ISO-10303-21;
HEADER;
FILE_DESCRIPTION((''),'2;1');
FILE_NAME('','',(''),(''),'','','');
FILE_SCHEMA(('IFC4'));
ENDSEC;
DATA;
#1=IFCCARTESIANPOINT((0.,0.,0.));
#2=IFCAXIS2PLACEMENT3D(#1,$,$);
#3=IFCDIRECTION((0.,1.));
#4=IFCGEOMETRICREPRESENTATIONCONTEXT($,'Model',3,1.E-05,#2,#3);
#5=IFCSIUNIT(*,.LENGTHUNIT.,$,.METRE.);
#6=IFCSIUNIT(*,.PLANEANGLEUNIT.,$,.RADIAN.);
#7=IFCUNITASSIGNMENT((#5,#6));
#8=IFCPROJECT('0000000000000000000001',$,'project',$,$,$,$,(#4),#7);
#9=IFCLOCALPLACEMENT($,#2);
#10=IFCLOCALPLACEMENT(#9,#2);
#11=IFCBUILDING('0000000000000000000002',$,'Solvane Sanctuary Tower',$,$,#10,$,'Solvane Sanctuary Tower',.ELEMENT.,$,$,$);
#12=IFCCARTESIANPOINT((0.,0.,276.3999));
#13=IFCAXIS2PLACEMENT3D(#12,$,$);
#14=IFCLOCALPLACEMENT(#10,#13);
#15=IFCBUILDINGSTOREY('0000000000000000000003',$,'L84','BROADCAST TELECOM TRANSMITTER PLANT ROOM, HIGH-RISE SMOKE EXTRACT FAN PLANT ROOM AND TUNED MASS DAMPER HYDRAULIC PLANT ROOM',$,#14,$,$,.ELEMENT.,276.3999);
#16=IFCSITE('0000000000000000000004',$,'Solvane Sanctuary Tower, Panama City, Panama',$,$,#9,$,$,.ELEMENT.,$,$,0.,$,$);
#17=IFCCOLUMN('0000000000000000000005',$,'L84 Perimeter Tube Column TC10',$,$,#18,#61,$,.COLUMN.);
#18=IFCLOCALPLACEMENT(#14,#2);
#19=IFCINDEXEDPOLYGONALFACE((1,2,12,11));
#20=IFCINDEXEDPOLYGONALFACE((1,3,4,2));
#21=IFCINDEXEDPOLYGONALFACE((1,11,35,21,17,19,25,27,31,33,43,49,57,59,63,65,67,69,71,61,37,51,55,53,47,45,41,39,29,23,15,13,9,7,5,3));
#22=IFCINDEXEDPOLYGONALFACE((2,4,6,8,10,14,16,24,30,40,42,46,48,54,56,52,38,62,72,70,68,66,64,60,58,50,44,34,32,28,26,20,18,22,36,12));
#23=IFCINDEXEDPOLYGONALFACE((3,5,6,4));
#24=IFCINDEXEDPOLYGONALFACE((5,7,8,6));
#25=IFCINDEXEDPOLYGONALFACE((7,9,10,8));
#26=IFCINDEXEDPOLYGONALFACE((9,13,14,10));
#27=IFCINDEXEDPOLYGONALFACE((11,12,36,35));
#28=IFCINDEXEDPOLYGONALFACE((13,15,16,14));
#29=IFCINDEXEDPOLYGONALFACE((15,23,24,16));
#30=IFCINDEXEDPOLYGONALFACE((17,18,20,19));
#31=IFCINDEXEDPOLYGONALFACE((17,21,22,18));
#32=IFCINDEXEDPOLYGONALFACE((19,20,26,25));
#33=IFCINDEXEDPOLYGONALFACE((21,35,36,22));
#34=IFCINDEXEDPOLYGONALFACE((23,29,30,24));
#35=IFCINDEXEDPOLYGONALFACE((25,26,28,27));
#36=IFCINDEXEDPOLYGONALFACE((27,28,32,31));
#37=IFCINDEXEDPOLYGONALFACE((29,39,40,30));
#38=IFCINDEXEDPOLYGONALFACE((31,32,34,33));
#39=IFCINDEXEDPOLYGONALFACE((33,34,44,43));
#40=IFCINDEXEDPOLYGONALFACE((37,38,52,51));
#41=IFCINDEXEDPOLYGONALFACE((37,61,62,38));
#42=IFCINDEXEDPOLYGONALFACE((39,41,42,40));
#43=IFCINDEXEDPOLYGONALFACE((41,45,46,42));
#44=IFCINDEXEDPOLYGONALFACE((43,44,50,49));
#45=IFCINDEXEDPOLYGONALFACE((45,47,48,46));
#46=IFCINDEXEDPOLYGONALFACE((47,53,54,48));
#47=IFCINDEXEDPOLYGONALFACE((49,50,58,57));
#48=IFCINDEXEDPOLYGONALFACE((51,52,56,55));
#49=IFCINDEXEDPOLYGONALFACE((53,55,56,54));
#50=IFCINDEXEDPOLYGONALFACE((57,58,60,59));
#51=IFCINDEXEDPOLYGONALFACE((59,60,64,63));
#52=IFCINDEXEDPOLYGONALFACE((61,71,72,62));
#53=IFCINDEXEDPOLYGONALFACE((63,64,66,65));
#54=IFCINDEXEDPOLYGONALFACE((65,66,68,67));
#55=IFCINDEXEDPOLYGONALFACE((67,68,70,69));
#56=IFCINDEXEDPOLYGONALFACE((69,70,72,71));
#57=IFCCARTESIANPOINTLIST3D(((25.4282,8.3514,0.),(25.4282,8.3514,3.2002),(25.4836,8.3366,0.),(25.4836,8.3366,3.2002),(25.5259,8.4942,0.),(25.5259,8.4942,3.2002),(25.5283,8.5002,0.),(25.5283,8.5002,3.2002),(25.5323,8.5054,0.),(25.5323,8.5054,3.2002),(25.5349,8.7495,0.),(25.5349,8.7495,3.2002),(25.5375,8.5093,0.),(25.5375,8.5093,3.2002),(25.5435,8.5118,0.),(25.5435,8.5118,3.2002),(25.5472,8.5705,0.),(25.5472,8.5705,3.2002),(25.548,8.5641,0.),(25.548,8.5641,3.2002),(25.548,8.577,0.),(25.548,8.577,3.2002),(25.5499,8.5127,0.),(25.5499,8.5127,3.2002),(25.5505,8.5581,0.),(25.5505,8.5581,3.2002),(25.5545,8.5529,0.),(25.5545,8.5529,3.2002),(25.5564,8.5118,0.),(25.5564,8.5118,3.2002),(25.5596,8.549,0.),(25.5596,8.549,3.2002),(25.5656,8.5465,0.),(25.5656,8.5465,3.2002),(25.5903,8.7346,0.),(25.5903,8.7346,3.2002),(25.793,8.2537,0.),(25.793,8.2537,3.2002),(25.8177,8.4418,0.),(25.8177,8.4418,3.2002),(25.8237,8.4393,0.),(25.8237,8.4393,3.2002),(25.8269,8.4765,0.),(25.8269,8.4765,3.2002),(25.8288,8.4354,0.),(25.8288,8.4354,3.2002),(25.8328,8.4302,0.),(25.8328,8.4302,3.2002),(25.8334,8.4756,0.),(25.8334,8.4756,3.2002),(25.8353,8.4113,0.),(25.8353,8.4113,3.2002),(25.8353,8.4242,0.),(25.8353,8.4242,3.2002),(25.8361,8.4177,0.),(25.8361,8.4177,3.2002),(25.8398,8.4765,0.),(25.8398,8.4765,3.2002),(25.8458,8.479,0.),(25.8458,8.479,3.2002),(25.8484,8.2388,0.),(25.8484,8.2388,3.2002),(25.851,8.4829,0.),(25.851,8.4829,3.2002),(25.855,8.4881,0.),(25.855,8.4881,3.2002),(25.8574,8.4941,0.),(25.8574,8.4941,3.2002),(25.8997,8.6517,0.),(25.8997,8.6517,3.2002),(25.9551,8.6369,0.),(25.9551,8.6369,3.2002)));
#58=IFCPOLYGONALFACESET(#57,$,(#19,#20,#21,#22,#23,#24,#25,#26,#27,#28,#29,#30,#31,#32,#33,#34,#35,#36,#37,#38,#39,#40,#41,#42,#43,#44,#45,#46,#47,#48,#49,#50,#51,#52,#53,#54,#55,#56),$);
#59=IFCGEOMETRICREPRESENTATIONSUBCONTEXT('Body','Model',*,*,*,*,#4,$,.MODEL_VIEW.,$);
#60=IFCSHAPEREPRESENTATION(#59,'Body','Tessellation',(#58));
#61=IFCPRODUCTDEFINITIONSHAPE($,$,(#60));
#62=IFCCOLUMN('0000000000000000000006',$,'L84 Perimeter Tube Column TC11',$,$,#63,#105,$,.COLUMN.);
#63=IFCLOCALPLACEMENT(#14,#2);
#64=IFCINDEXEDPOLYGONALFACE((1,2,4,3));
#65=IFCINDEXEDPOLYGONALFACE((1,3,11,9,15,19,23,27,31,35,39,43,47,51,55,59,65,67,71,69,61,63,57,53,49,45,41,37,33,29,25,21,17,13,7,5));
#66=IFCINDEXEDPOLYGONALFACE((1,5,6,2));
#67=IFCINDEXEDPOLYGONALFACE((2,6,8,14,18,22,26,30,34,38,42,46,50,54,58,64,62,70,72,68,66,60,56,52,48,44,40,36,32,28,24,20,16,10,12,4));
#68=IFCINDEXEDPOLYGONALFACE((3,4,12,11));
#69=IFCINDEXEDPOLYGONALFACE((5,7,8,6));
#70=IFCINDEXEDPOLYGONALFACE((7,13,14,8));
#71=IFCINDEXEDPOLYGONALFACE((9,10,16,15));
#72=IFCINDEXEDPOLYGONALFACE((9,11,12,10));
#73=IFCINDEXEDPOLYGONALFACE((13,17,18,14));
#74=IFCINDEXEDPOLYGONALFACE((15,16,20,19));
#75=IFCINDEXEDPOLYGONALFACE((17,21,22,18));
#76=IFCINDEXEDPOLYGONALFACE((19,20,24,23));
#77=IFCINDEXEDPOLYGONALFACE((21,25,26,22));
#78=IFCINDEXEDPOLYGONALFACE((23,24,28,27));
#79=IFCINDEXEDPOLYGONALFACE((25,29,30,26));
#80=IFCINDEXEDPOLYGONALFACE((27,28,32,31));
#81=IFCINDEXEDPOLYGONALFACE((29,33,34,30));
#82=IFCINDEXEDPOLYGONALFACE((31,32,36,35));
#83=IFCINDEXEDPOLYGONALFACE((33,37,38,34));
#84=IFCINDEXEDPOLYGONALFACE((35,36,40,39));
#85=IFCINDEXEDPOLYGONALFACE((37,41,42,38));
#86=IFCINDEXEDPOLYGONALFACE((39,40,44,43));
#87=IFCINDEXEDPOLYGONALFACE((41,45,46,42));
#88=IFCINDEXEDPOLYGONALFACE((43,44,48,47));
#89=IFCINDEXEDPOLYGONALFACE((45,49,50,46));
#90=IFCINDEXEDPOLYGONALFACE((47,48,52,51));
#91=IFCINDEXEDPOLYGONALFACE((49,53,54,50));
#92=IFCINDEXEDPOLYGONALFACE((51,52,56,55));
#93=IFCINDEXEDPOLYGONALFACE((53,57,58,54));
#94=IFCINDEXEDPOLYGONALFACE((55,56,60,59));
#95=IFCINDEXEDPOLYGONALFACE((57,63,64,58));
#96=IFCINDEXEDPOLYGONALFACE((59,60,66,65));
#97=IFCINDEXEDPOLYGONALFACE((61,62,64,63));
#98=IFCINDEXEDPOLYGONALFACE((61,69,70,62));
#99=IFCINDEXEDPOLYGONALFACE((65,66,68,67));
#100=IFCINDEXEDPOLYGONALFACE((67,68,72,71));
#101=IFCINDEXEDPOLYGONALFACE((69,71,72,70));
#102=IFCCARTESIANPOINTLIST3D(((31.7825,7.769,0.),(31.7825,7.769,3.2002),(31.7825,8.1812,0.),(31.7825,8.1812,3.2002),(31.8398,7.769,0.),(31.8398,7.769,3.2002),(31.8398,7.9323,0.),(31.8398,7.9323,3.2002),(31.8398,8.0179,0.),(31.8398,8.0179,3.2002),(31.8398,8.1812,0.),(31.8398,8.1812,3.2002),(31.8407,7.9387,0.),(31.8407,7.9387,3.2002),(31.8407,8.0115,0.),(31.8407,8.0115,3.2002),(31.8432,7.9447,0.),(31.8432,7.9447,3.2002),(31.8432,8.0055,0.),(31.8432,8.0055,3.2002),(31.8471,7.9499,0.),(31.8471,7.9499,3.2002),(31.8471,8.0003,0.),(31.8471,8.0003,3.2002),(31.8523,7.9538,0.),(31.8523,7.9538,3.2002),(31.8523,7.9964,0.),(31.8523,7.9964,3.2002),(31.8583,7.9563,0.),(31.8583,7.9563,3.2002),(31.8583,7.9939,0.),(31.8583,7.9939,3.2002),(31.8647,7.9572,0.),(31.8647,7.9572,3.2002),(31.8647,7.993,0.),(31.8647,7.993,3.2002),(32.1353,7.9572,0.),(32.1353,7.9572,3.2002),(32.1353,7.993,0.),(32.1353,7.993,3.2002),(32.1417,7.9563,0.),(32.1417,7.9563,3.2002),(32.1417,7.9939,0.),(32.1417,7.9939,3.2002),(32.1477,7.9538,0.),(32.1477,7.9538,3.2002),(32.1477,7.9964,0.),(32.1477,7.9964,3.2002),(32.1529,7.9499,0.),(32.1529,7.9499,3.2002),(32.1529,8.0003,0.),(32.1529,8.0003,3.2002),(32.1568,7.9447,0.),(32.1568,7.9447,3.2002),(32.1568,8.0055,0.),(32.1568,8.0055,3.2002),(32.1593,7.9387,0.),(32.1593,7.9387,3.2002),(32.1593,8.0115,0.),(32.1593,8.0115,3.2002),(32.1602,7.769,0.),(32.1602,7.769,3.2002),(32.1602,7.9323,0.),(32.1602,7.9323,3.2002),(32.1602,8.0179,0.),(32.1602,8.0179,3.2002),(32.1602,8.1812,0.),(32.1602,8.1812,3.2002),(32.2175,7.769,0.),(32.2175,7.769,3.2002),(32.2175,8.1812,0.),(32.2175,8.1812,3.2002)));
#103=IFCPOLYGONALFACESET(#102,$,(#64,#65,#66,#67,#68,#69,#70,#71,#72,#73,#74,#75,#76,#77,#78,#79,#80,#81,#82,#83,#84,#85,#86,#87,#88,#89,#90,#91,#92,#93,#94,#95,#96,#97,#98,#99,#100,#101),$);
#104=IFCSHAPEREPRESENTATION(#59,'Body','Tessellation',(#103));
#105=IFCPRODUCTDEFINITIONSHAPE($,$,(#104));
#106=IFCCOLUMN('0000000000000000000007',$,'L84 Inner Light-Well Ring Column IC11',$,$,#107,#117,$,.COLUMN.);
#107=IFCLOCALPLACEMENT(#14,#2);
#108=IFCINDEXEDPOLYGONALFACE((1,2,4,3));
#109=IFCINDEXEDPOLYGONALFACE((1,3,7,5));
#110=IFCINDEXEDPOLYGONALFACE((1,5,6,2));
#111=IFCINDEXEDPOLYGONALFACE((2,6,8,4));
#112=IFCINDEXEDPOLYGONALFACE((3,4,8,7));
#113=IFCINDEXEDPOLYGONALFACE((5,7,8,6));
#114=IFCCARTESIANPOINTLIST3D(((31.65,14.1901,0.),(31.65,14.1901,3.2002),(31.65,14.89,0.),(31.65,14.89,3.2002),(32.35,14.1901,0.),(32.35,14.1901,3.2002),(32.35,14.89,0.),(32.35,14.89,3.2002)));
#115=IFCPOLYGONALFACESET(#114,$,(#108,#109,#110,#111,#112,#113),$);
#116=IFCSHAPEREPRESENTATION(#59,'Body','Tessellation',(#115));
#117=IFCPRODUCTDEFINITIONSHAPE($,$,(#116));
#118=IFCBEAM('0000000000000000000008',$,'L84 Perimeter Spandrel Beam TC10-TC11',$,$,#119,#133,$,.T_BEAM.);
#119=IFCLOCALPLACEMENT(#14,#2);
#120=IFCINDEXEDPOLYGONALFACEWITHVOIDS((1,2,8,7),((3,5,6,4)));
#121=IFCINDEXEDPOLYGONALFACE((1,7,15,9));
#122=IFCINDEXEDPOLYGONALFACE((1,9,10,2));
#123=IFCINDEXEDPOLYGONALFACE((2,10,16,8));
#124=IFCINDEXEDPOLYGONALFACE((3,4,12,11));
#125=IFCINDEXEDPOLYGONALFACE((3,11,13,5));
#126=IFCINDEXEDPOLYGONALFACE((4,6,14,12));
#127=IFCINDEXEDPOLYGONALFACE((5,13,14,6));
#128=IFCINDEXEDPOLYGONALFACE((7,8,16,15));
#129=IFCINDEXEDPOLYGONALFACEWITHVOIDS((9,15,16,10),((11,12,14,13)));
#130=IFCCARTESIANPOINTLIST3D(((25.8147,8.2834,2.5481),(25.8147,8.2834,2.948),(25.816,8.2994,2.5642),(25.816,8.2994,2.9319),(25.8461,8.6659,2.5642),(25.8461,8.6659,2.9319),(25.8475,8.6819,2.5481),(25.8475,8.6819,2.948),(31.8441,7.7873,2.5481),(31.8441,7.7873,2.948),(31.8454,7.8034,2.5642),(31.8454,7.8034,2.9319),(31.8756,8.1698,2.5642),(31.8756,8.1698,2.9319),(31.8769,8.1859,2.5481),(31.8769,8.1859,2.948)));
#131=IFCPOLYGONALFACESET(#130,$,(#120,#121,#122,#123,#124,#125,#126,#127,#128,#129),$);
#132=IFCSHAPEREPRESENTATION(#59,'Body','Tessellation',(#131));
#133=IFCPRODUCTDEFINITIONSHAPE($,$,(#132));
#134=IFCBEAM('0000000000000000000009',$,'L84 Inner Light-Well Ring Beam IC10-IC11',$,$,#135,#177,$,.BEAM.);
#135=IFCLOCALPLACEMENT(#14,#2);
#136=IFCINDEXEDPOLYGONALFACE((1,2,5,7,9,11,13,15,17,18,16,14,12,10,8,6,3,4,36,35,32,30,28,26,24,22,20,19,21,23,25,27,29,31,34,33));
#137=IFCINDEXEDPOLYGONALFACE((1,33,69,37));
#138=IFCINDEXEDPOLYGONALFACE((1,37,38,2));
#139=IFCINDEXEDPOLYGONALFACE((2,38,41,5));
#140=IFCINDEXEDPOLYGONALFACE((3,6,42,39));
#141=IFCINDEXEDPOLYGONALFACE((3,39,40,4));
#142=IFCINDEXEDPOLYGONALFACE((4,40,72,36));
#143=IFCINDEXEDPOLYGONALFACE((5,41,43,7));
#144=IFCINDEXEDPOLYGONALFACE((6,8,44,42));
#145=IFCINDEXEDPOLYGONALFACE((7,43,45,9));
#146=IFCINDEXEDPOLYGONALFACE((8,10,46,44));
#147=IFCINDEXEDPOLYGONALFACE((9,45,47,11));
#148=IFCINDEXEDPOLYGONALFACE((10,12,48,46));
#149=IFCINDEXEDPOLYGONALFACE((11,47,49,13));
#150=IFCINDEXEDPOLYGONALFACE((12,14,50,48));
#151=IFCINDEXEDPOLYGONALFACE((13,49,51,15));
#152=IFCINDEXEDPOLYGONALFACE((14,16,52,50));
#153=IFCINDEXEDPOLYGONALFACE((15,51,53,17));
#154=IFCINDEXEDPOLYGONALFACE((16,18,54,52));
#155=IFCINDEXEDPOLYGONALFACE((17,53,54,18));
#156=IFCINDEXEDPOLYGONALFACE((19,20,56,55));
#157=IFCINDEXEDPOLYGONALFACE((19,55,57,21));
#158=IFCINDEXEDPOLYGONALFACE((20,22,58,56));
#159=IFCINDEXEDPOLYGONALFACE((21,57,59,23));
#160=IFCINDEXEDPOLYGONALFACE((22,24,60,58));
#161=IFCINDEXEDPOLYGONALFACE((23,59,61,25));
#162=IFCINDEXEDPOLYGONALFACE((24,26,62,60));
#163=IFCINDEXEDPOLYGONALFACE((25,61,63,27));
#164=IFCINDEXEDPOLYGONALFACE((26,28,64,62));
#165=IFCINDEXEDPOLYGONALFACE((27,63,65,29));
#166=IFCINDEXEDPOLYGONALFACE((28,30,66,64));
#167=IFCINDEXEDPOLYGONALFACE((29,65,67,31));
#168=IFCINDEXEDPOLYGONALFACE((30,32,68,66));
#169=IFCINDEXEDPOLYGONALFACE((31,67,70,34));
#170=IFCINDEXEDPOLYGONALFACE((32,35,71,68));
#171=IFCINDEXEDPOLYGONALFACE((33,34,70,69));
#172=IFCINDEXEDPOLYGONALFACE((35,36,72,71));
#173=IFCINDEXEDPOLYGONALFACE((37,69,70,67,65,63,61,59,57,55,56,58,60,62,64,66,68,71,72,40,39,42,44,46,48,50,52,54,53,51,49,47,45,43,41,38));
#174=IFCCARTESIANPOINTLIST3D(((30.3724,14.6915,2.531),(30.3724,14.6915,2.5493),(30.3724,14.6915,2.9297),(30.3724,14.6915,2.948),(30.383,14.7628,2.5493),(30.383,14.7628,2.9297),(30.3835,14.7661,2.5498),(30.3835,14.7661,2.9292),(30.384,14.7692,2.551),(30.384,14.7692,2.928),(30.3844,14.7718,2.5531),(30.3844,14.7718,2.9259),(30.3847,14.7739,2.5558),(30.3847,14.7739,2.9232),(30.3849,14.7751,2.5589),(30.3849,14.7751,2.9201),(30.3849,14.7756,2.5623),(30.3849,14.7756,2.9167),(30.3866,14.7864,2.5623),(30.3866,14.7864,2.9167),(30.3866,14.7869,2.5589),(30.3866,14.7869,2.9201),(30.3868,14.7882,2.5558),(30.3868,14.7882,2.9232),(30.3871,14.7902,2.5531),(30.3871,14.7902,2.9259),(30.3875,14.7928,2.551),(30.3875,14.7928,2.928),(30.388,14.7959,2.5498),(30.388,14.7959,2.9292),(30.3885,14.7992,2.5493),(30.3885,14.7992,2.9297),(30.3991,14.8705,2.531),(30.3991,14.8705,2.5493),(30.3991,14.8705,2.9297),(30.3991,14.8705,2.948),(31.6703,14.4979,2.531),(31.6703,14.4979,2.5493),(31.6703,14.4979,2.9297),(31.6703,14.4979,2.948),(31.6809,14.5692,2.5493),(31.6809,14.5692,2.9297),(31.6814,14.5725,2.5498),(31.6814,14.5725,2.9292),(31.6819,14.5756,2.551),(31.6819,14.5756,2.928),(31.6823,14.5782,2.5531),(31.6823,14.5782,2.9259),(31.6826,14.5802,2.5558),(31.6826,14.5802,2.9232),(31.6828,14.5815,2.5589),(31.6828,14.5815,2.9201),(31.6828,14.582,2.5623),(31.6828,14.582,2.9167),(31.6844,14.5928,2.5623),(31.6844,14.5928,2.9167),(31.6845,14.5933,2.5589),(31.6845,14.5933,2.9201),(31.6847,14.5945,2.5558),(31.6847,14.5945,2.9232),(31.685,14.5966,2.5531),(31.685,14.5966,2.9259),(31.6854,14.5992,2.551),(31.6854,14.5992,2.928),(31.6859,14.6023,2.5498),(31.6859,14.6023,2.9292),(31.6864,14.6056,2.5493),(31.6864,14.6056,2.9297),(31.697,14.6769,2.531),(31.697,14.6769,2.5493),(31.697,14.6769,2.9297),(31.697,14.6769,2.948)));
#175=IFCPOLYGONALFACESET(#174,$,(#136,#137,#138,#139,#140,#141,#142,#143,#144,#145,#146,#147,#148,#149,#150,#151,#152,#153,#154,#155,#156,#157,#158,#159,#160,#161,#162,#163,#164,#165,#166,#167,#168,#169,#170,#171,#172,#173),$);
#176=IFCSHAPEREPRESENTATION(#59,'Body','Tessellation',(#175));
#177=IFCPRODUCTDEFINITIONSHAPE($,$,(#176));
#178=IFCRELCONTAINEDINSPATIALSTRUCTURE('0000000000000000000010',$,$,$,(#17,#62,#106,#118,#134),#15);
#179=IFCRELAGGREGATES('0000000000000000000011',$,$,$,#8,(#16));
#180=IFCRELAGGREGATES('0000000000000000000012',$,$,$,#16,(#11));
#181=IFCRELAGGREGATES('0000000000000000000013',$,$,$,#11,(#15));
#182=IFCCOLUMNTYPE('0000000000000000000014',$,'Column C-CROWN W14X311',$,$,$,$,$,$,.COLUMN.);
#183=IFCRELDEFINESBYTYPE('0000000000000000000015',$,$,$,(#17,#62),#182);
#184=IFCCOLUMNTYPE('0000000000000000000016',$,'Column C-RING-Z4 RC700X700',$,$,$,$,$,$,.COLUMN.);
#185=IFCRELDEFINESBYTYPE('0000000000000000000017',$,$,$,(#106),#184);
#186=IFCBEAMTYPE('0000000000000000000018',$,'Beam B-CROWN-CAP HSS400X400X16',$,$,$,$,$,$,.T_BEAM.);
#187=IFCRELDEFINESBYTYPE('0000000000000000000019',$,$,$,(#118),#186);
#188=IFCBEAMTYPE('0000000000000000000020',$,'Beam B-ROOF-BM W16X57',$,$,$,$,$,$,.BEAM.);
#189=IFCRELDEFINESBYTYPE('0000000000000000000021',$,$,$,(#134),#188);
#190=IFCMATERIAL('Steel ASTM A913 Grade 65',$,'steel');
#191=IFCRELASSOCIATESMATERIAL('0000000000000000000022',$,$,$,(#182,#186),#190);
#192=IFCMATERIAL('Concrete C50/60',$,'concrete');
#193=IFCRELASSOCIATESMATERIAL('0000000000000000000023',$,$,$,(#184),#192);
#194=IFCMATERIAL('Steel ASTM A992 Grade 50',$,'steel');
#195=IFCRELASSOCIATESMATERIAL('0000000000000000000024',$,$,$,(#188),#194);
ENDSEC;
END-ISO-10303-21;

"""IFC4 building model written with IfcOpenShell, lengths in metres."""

from ifc_helpers import new_model, si_unit, direction, frame, origin, origin_2d, place, context, subcontext, project, spatial, rectangle, hollow_rectangle, i_section, extrude, material, material_profile, profile_set, type_object, element, save


model = new_model("IFC4")

# Units and contexts
model_context = context("Model", 3, precision=1e-05, world=origin(), true_north=direction((0.0, 1.0)))
body_context = subcontext(model_context, "Body", "Model", "MODEL_VIEW")
ifc_project = project(units=[si_unit("LENGTHUNIT", "METRE"), si_unit("PLANEANGLEUNIT", "RADIAN")], contexts=[model_context])

# Site, building, storey
site_placement = place(None, origin())
site = spatial("IfcSite", under=ifc_project, at=site_placement, Name="Solvane Sanctuary Tower, Panama City, Panama", CompositionType="ELEMENT", RefElevation=0.0)
building_placement = place(site_placement, origin())
building = spatial("IfcBuilding", under=site, at=building_placement, Name="Solvane Sanctuary Tower", LongName="Solvane Sanctuary Tower", CompositionType="ELEMENT")
storey_placement = place(building_placement, frame((0.0, 0.0, 276.3999)))
storey = spatial("IfcBuildingStorey", under=building, at=storey_placement, Name="L84", Description="BROADCAST TELECOM TRANSMITTER PLANT ROOM, HIGH-RISE SMOKE EXTRACT FAN PLANT ROOM AND TUNED MASS DAMPER HYDRAULIC PLANT ROOM", CompositionType="ELEMENT", Elevation=276.3999)

# Columns
ifc_material_1 = material(Name="Steel ASTM A913 Grade 65", Category="steel")
ifc_material_profile_1 = material_profile(ifc_material_1, i_section(OverallWidth=0.4121, OverallDepth=0.4351, WebThickness=0.0359, FlangeThickness=0.0574, FilletRadius=0.0249, at=origin_2d()), Name="W14X311")
ifc_profile_set_1 = profile_set([ifc_material_profile_1], Name="Steel ASTM A913 Grade 65")
column_type_1 = type_object("IfcColumnType", Name="Column C-CROWN W14X311", PredefinedType="COLUMN", material=ifc_profile_set_1)
for number, where, z_axis, x_axis, name in (
    (1, (25.6917, 8.4941, 0.0), (0.0, 0.0, 1.0), (-0.258819, -0.965926, 0.0), "L84 Perimeter Tube Column TC10"),
    (2, (32.0, 7.9751, 0.0), (0.0, 0.0, 1.0), (0.0, -1.0, 0.0), "L84 Perimeter Tube Column TC11"),
):
    element("IfcColumn", number, at=place(storey_placement, frame(where, z_axis=z_axis, x_axis=x_axis)), inside=storey, type_object=column_type_1, Name=name, PredefinedType="COLUMN", context=body_context, shape_type="SweptSolid", body=[
        extrude(i_section(OverallWidth=0.4121, OverallDepth=0.4351, WebThickness=0.0359, FlangeThickness=0.0574, FilletRadius=0.0249, at=origin_2d()), origin(), (0.0, 0.0, 1.0), 3.2002),
    ])
ifc_material_2 = material(Name="Concrete C50/60", Category="concrete")
ifc_material_profile_2 = material_profile(ifc_material_2, rectangle(XDim=0.7, YDim=0.7, at=origin_2d()), Name="RC700X700")
ifc_profile_set_2 = profile_set([ifc_material_profile_2], Name="Concrete C50/60")
column_type_2 = type_object("IfcColumnType", Name="Column C-RING-Z4 RC700X700", PredefinedType="COLUMN", material=ifc_profile_set_2)
column_placement = place(storey_placement, frame((32.0, 14.54, 0.0), z_axis=(0.0, 0.0, 1.0), x_axis=(1.0, 0.0, 0.0)))
element("IfcColumn", 3, at=column_placement, inside=storey, type_object=column_type_2, Name="L84 Inner Light-Well Ring Column IC11", PredefinedType="COLUMN", context=body_context, shape_type="SweptSolid", body=[
    extrude(rectangle(XDim=0.7, YDim=0.7, at=origin_2d()), origin(), (0.0, 0.0, 1.0), 3.2002),
])

# Beams
ifc_material_profile_3 = material_profile(ifc_material_1, hollow_rectangle(XDim=0.3999, YDim=0.3999, WallThickness=0.0161, at=origin_2d()), Name="HSS400X400X16")
ifc_profile_set_3 = profile_set([ifc_material_profile_3], Name="Steel ASTM A913 Grade 65")
beam_type_1 = type_object("IfcBeamType", Name="Beam B-CROWN-CAP HSS400X400X16", PredefinedType="T_BEAM", material=ifc_profile_set_3)
beam_1_placement = place(storey_placement, frame((25.8311, 8.4827, 2.748), z_axis=(0.996632, -0.082, 0.0), x_axis=(0.082, 0.996632, 0.0)))
element("IfcBeam", 4, at=beam_1_placement, inside=storey, type_object=beam_type_1, Name="L84 Perimeter Spandrel Beam TC10-TC11", PredefinedType="T_BEAM", context=body_context, shape_type="SweptSolid", body=[
    extrude(hollow_rectangle(XDim=0.3999, YDim=0.3999, WallThickness=0.0161, at=origin_2d()), origin(), (0.0, 0.0, 1.0), 6.0498),
])
ifc_material_3 = material(Name="Steel ASTM A992 Grade 50", Category="steel")
ifc_material_profile_4 = material_profile(ifc_material_3, i_section(OverallWidth=0.1809, OverallDepth=0.417, WebThickness=0.011, FlangeThickness=0.0183, FilletRadius=0.0129, at=origin_2d()), Name="W16X57")
ifc_profile_set_4 = profile_set([ifc_material_profile_4], Name="Steel ASTM A992 Grade 50")
beam_type_2 = type_object("IfcBeamType", Name="Beam B-ROOF-BM W16X57", PredefinedType="BEAM", material=ifc_profile_set_4)
beam_2_placement = place(storey_placement, frame((30.3857, 14.781, 2.7395), z_axis=(0.989056, -0.14754, 0.0), x_axis=(0.14754, 0.989056, 0.0)))
element("IfcBeam", 5, at=beam_2_placement, inside=storey, type_object=beam_type_2, Name="L84 Inner Light-Well Ring Beam IC10-IC11", PredefinedType="BEAM", context=body_context, shape_type="SweptSolid", body=[
    extrude(i_section(OverallWidth=0.1809, OverallDepth=0.417, WebThickness=0.011, FlangeThickness=0.0183, FilletRadius=0.0129, at=origin_2d()), origin(), (0.0, 0.0, 1.0), 1.3123),
])

save(model, "model.ifc")
